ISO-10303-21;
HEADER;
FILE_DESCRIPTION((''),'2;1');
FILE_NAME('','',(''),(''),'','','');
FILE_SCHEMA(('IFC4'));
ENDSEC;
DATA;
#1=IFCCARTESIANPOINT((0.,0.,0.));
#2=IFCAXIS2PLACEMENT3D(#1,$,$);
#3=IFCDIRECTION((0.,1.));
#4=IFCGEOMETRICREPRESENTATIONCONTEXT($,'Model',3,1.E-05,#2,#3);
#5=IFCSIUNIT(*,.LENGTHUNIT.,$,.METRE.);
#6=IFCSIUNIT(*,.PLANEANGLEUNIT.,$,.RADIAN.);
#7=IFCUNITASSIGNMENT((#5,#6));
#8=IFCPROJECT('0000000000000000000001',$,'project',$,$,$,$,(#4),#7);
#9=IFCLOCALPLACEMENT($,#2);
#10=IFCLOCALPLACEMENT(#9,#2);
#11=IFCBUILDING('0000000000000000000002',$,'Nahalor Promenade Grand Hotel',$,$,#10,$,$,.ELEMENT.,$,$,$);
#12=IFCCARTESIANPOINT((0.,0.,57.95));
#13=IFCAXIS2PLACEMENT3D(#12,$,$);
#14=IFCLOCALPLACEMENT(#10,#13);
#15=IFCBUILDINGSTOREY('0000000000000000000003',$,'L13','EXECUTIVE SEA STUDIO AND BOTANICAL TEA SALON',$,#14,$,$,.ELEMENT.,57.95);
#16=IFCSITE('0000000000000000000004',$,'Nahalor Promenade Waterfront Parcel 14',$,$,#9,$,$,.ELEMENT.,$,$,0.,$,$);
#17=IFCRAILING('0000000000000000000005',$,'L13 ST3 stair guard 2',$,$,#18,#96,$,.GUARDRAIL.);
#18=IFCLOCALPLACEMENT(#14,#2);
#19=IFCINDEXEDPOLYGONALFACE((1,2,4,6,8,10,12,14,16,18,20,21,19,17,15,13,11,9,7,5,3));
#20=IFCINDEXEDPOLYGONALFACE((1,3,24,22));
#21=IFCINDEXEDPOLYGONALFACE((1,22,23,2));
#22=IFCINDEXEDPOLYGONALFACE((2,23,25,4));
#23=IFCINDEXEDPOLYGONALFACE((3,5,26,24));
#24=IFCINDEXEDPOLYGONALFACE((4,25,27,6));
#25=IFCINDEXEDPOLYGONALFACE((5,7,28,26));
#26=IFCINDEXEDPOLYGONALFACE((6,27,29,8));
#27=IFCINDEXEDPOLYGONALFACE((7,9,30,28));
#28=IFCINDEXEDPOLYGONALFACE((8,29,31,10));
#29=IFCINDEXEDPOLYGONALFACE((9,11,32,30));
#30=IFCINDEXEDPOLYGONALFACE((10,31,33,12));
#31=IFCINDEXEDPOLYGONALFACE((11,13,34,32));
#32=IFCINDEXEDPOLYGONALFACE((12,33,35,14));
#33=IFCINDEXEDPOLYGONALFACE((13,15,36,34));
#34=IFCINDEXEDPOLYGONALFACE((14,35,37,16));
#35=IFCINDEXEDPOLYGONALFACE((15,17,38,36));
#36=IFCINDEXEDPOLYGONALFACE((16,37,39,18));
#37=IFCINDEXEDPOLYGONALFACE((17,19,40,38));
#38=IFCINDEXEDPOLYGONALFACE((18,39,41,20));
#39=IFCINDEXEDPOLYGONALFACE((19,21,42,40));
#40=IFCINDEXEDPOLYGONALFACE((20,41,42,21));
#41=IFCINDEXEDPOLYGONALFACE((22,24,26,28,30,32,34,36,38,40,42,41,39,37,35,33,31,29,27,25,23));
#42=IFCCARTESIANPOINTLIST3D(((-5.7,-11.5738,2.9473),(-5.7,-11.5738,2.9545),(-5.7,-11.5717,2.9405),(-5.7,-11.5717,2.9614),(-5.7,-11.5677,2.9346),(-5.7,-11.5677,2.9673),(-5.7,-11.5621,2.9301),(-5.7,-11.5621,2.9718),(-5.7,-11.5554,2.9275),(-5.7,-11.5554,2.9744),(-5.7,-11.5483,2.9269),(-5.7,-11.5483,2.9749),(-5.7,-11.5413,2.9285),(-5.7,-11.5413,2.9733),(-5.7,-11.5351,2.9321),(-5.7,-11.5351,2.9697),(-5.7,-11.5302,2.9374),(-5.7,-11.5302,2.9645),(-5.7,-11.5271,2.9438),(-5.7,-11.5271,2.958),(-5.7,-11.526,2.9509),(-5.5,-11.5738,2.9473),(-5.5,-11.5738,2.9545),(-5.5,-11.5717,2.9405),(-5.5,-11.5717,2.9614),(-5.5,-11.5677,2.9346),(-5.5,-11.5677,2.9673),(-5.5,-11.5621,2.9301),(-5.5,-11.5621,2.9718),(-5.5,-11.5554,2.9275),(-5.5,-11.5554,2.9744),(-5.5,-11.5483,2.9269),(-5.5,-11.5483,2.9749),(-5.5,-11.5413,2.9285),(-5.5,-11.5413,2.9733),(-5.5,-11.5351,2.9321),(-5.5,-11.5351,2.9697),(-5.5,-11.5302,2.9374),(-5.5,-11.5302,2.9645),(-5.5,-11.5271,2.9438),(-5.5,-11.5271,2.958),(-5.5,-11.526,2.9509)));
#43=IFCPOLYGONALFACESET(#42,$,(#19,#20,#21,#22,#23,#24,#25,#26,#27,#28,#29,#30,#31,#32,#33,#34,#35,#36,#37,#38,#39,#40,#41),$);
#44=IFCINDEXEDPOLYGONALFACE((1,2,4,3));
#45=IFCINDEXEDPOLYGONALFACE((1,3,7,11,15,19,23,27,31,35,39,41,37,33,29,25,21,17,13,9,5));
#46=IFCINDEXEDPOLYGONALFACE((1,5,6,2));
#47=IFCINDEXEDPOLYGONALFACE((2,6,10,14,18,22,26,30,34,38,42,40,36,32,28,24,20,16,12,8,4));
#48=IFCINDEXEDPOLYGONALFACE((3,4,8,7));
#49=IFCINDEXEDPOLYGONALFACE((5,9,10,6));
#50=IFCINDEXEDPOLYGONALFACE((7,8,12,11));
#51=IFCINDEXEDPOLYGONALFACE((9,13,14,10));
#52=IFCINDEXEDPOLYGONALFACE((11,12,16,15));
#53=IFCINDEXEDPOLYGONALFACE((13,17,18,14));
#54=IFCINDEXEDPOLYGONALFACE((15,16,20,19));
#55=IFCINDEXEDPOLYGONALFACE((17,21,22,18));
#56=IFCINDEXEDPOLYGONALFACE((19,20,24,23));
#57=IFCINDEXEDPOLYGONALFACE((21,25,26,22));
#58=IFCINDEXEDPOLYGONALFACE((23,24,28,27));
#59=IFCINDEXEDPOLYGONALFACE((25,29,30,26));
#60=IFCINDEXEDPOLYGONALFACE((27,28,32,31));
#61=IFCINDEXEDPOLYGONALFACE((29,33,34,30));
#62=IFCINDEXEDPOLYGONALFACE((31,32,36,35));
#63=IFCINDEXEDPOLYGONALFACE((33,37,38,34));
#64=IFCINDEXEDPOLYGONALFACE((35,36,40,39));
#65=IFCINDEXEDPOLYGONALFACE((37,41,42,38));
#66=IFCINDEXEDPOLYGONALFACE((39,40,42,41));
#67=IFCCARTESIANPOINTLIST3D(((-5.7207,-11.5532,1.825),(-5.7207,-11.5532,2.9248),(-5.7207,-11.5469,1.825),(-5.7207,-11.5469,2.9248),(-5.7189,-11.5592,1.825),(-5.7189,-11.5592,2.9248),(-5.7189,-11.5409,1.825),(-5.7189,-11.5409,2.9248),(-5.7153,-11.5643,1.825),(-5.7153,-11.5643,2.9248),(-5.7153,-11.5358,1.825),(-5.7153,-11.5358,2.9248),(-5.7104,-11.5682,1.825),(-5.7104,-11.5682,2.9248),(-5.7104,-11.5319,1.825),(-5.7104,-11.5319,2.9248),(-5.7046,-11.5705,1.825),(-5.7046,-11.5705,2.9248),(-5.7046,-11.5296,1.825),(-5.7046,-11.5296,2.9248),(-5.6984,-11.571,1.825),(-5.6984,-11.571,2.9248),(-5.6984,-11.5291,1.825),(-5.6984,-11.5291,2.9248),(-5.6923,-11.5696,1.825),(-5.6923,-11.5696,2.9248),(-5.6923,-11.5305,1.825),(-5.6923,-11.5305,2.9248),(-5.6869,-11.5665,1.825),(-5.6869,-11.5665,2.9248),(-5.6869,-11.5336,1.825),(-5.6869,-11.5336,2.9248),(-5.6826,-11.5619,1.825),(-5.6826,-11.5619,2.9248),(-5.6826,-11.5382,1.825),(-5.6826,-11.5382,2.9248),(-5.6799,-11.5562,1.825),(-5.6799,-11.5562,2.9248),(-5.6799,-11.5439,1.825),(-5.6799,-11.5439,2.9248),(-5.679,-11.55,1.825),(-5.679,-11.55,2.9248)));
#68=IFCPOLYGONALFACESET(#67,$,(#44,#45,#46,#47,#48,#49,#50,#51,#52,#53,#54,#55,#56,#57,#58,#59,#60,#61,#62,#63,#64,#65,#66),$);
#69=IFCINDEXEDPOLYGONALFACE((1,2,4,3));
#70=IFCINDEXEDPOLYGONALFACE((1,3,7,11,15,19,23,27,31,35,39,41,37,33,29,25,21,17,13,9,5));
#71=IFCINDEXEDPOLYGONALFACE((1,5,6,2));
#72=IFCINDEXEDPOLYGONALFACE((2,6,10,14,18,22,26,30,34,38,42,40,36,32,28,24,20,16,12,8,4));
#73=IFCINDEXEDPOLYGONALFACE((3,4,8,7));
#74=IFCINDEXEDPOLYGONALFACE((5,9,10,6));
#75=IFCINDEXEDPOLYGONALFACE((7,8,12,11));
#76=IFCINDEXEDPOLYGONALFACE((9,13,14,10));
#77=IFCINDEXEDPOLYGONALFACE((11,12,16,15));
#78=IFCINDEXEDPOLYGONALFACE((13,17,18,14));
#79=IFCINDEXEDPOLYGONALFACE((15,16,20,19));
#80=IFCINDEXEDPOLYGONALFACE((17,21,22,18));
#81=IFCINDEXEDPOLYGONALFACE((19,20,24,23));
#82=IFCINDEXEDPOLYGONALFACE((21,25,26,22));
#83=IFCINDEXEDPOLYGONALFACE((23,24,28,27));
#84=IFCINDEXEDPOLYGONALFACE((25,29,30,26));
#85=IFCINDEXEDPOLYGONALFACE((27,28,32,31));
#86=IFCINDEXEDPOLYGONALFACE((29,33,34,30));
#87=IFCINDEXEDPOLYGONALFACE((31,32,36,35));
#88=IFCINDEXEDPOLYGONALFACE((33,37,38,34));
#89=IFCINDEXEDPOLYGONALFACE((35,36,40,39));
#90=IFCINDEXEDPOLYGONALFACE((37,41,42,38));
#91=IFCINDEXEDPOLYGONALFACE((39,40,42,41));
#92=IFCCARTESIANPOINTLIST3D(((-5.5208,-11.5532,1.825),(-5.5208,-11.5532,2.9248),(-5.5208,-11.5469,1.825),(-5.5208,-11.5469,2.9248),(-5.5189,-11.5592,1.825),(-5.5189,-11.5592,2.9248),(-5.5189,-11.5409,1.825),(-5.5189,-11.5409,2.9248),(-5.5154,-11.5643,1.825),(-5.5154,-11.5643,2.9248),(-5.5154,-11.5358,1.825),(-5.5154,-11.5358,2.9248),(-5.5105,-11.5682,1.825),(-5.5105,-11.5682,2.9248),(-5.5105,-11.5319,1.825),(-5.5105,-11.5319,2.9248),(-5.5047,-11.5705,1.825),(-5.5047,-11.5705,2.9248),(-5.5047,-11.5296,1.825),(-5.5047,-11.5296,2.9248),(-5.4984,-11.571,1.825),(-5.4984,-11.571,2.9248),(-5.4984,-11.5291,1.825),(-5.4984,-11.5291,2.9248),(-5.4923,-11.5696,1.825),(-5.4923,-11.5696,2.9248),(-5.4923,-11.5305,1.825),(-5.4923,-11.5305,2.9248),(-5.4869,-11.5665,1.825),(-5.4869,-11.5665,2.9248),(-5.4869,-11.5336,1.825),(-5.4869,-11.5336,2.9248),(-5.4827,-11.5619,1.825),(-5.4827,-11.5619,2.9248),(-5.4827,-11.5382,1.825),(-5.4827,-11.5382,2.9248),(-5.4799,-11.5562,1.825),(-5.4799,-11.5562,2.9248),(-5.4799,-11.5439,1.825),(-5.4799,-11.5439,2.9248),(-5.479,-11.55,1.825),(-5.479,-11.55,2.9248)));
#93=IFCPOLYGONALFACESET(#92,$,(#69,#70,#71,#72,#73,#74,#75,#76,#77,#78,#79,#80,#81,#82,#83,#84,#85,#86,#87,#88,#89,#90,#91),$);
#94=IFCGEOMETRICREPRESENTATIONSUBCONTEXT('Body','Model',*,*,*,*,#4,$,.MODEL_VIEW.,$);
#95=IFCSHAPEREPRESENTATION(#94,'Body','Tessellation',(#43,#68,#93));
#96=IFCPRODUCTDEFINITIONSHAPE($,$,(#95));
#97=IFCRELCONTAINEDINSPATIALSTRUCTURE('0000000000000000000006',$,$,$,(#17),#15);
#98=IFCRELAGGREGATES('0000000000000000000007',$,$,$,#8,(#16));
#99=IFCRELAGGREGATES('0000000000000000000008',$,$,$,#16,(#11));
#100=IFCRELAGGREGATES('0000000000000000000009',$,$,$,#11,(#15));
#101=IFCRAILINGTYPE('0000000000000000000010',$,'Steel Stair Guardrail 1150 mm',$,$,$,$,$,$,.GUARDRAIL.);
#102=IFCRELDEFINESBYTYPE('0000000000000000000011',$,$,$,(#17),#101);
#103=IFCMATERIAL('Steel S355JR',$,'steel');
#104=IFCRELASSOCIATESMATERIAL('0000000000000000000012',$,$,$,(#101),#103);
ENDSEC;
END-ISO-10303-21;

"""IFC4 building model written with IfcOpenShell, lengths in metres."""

from ifc_helpers import new_model, si_unit, direction, frame, origin, origin_2d, place, context, subcontext, project, spatial, circle, extrude, material, type_object, element, save


model = new_model("IFC4")

# Units and contexts
model_context = context("Model", 3, precision=1e-05, world=origin(), true_north=direction((0.0, 1.0)))
body_context = subcontext(model_context, "Body", "Model", "MODEL_VIEW")
ifc_project = project(units=[si_unit("LENGTHUNIT", "METRE"), si_unit("PLANEANGLEUNIT", "RADIAN")], contexts=[model_context])

# Site, building, storey
site_placement = place(None, origin())
site = spatial("IfcSite", under=ifc_project, at=site_placement, Name="Nahalor Promenade Waterfront Parcel 14", CompositionType="ELEMENT", RefElevation=0.0)
building_placement = place(site_placement, origin())
building = spatial("IfcBuilding", under=site, at=building_placement, Name="Nahalor Promenade Grand Hotel", CompositionType="ELEMENT")
storey_placement = place(building_placement, frame((0.0, 0.0, 57.95)))
storey = spatial("IfcBuildingStorey", under=building, at=storey_placement, Name="L13", Description="EXECUTIVE SEA STUDIO AND BOTANICAL TEA SALON", CompositionType="ELEMENT", Elevation=57.95)

# Shared definitions
ifc_material_1 = material(Name="Steel S355JR", Category="steel")

# Railing
railing_type_1 = type_object("IfcRailingType", Name="Steel Stair Guardrail 1150 mm", PredefinedType="GUARDRAIL", material=ifc_material_1)
railing_1_placement = place(storey_placement, frame((-5.7, -11.55, 1.825)))
element("IfcRailing", 1, at=railing_1_placement, inside=storey, type_object=railing_type_1, Name="L13 ST3 stair guard 2", PredefinedType="GUARDRAIL", context=body_context, shape_type="SweptSolid", body=[
    extrude(circle(Radius=0.024, at=origin_2d()), frame((0.0, 0.0, 1.126), z_axis=(1.0, 0.0, 0.0), x_axis=(0.0, 1.0, 0.0)), (0.0, 0.0, 1.0), 0.2),
    extrude(circle(Radius=0.021, at=origin_2d()), origin(), (0.0, 0.0, 1.0), 1.0999),
    extrude(circle(Radius=0.021, at=origin_2d()), frame((0.2, 0.0, 0.0)), (0.0, 0.0, 1.0), 1.0999),
])

save(model, "model.ifc")
